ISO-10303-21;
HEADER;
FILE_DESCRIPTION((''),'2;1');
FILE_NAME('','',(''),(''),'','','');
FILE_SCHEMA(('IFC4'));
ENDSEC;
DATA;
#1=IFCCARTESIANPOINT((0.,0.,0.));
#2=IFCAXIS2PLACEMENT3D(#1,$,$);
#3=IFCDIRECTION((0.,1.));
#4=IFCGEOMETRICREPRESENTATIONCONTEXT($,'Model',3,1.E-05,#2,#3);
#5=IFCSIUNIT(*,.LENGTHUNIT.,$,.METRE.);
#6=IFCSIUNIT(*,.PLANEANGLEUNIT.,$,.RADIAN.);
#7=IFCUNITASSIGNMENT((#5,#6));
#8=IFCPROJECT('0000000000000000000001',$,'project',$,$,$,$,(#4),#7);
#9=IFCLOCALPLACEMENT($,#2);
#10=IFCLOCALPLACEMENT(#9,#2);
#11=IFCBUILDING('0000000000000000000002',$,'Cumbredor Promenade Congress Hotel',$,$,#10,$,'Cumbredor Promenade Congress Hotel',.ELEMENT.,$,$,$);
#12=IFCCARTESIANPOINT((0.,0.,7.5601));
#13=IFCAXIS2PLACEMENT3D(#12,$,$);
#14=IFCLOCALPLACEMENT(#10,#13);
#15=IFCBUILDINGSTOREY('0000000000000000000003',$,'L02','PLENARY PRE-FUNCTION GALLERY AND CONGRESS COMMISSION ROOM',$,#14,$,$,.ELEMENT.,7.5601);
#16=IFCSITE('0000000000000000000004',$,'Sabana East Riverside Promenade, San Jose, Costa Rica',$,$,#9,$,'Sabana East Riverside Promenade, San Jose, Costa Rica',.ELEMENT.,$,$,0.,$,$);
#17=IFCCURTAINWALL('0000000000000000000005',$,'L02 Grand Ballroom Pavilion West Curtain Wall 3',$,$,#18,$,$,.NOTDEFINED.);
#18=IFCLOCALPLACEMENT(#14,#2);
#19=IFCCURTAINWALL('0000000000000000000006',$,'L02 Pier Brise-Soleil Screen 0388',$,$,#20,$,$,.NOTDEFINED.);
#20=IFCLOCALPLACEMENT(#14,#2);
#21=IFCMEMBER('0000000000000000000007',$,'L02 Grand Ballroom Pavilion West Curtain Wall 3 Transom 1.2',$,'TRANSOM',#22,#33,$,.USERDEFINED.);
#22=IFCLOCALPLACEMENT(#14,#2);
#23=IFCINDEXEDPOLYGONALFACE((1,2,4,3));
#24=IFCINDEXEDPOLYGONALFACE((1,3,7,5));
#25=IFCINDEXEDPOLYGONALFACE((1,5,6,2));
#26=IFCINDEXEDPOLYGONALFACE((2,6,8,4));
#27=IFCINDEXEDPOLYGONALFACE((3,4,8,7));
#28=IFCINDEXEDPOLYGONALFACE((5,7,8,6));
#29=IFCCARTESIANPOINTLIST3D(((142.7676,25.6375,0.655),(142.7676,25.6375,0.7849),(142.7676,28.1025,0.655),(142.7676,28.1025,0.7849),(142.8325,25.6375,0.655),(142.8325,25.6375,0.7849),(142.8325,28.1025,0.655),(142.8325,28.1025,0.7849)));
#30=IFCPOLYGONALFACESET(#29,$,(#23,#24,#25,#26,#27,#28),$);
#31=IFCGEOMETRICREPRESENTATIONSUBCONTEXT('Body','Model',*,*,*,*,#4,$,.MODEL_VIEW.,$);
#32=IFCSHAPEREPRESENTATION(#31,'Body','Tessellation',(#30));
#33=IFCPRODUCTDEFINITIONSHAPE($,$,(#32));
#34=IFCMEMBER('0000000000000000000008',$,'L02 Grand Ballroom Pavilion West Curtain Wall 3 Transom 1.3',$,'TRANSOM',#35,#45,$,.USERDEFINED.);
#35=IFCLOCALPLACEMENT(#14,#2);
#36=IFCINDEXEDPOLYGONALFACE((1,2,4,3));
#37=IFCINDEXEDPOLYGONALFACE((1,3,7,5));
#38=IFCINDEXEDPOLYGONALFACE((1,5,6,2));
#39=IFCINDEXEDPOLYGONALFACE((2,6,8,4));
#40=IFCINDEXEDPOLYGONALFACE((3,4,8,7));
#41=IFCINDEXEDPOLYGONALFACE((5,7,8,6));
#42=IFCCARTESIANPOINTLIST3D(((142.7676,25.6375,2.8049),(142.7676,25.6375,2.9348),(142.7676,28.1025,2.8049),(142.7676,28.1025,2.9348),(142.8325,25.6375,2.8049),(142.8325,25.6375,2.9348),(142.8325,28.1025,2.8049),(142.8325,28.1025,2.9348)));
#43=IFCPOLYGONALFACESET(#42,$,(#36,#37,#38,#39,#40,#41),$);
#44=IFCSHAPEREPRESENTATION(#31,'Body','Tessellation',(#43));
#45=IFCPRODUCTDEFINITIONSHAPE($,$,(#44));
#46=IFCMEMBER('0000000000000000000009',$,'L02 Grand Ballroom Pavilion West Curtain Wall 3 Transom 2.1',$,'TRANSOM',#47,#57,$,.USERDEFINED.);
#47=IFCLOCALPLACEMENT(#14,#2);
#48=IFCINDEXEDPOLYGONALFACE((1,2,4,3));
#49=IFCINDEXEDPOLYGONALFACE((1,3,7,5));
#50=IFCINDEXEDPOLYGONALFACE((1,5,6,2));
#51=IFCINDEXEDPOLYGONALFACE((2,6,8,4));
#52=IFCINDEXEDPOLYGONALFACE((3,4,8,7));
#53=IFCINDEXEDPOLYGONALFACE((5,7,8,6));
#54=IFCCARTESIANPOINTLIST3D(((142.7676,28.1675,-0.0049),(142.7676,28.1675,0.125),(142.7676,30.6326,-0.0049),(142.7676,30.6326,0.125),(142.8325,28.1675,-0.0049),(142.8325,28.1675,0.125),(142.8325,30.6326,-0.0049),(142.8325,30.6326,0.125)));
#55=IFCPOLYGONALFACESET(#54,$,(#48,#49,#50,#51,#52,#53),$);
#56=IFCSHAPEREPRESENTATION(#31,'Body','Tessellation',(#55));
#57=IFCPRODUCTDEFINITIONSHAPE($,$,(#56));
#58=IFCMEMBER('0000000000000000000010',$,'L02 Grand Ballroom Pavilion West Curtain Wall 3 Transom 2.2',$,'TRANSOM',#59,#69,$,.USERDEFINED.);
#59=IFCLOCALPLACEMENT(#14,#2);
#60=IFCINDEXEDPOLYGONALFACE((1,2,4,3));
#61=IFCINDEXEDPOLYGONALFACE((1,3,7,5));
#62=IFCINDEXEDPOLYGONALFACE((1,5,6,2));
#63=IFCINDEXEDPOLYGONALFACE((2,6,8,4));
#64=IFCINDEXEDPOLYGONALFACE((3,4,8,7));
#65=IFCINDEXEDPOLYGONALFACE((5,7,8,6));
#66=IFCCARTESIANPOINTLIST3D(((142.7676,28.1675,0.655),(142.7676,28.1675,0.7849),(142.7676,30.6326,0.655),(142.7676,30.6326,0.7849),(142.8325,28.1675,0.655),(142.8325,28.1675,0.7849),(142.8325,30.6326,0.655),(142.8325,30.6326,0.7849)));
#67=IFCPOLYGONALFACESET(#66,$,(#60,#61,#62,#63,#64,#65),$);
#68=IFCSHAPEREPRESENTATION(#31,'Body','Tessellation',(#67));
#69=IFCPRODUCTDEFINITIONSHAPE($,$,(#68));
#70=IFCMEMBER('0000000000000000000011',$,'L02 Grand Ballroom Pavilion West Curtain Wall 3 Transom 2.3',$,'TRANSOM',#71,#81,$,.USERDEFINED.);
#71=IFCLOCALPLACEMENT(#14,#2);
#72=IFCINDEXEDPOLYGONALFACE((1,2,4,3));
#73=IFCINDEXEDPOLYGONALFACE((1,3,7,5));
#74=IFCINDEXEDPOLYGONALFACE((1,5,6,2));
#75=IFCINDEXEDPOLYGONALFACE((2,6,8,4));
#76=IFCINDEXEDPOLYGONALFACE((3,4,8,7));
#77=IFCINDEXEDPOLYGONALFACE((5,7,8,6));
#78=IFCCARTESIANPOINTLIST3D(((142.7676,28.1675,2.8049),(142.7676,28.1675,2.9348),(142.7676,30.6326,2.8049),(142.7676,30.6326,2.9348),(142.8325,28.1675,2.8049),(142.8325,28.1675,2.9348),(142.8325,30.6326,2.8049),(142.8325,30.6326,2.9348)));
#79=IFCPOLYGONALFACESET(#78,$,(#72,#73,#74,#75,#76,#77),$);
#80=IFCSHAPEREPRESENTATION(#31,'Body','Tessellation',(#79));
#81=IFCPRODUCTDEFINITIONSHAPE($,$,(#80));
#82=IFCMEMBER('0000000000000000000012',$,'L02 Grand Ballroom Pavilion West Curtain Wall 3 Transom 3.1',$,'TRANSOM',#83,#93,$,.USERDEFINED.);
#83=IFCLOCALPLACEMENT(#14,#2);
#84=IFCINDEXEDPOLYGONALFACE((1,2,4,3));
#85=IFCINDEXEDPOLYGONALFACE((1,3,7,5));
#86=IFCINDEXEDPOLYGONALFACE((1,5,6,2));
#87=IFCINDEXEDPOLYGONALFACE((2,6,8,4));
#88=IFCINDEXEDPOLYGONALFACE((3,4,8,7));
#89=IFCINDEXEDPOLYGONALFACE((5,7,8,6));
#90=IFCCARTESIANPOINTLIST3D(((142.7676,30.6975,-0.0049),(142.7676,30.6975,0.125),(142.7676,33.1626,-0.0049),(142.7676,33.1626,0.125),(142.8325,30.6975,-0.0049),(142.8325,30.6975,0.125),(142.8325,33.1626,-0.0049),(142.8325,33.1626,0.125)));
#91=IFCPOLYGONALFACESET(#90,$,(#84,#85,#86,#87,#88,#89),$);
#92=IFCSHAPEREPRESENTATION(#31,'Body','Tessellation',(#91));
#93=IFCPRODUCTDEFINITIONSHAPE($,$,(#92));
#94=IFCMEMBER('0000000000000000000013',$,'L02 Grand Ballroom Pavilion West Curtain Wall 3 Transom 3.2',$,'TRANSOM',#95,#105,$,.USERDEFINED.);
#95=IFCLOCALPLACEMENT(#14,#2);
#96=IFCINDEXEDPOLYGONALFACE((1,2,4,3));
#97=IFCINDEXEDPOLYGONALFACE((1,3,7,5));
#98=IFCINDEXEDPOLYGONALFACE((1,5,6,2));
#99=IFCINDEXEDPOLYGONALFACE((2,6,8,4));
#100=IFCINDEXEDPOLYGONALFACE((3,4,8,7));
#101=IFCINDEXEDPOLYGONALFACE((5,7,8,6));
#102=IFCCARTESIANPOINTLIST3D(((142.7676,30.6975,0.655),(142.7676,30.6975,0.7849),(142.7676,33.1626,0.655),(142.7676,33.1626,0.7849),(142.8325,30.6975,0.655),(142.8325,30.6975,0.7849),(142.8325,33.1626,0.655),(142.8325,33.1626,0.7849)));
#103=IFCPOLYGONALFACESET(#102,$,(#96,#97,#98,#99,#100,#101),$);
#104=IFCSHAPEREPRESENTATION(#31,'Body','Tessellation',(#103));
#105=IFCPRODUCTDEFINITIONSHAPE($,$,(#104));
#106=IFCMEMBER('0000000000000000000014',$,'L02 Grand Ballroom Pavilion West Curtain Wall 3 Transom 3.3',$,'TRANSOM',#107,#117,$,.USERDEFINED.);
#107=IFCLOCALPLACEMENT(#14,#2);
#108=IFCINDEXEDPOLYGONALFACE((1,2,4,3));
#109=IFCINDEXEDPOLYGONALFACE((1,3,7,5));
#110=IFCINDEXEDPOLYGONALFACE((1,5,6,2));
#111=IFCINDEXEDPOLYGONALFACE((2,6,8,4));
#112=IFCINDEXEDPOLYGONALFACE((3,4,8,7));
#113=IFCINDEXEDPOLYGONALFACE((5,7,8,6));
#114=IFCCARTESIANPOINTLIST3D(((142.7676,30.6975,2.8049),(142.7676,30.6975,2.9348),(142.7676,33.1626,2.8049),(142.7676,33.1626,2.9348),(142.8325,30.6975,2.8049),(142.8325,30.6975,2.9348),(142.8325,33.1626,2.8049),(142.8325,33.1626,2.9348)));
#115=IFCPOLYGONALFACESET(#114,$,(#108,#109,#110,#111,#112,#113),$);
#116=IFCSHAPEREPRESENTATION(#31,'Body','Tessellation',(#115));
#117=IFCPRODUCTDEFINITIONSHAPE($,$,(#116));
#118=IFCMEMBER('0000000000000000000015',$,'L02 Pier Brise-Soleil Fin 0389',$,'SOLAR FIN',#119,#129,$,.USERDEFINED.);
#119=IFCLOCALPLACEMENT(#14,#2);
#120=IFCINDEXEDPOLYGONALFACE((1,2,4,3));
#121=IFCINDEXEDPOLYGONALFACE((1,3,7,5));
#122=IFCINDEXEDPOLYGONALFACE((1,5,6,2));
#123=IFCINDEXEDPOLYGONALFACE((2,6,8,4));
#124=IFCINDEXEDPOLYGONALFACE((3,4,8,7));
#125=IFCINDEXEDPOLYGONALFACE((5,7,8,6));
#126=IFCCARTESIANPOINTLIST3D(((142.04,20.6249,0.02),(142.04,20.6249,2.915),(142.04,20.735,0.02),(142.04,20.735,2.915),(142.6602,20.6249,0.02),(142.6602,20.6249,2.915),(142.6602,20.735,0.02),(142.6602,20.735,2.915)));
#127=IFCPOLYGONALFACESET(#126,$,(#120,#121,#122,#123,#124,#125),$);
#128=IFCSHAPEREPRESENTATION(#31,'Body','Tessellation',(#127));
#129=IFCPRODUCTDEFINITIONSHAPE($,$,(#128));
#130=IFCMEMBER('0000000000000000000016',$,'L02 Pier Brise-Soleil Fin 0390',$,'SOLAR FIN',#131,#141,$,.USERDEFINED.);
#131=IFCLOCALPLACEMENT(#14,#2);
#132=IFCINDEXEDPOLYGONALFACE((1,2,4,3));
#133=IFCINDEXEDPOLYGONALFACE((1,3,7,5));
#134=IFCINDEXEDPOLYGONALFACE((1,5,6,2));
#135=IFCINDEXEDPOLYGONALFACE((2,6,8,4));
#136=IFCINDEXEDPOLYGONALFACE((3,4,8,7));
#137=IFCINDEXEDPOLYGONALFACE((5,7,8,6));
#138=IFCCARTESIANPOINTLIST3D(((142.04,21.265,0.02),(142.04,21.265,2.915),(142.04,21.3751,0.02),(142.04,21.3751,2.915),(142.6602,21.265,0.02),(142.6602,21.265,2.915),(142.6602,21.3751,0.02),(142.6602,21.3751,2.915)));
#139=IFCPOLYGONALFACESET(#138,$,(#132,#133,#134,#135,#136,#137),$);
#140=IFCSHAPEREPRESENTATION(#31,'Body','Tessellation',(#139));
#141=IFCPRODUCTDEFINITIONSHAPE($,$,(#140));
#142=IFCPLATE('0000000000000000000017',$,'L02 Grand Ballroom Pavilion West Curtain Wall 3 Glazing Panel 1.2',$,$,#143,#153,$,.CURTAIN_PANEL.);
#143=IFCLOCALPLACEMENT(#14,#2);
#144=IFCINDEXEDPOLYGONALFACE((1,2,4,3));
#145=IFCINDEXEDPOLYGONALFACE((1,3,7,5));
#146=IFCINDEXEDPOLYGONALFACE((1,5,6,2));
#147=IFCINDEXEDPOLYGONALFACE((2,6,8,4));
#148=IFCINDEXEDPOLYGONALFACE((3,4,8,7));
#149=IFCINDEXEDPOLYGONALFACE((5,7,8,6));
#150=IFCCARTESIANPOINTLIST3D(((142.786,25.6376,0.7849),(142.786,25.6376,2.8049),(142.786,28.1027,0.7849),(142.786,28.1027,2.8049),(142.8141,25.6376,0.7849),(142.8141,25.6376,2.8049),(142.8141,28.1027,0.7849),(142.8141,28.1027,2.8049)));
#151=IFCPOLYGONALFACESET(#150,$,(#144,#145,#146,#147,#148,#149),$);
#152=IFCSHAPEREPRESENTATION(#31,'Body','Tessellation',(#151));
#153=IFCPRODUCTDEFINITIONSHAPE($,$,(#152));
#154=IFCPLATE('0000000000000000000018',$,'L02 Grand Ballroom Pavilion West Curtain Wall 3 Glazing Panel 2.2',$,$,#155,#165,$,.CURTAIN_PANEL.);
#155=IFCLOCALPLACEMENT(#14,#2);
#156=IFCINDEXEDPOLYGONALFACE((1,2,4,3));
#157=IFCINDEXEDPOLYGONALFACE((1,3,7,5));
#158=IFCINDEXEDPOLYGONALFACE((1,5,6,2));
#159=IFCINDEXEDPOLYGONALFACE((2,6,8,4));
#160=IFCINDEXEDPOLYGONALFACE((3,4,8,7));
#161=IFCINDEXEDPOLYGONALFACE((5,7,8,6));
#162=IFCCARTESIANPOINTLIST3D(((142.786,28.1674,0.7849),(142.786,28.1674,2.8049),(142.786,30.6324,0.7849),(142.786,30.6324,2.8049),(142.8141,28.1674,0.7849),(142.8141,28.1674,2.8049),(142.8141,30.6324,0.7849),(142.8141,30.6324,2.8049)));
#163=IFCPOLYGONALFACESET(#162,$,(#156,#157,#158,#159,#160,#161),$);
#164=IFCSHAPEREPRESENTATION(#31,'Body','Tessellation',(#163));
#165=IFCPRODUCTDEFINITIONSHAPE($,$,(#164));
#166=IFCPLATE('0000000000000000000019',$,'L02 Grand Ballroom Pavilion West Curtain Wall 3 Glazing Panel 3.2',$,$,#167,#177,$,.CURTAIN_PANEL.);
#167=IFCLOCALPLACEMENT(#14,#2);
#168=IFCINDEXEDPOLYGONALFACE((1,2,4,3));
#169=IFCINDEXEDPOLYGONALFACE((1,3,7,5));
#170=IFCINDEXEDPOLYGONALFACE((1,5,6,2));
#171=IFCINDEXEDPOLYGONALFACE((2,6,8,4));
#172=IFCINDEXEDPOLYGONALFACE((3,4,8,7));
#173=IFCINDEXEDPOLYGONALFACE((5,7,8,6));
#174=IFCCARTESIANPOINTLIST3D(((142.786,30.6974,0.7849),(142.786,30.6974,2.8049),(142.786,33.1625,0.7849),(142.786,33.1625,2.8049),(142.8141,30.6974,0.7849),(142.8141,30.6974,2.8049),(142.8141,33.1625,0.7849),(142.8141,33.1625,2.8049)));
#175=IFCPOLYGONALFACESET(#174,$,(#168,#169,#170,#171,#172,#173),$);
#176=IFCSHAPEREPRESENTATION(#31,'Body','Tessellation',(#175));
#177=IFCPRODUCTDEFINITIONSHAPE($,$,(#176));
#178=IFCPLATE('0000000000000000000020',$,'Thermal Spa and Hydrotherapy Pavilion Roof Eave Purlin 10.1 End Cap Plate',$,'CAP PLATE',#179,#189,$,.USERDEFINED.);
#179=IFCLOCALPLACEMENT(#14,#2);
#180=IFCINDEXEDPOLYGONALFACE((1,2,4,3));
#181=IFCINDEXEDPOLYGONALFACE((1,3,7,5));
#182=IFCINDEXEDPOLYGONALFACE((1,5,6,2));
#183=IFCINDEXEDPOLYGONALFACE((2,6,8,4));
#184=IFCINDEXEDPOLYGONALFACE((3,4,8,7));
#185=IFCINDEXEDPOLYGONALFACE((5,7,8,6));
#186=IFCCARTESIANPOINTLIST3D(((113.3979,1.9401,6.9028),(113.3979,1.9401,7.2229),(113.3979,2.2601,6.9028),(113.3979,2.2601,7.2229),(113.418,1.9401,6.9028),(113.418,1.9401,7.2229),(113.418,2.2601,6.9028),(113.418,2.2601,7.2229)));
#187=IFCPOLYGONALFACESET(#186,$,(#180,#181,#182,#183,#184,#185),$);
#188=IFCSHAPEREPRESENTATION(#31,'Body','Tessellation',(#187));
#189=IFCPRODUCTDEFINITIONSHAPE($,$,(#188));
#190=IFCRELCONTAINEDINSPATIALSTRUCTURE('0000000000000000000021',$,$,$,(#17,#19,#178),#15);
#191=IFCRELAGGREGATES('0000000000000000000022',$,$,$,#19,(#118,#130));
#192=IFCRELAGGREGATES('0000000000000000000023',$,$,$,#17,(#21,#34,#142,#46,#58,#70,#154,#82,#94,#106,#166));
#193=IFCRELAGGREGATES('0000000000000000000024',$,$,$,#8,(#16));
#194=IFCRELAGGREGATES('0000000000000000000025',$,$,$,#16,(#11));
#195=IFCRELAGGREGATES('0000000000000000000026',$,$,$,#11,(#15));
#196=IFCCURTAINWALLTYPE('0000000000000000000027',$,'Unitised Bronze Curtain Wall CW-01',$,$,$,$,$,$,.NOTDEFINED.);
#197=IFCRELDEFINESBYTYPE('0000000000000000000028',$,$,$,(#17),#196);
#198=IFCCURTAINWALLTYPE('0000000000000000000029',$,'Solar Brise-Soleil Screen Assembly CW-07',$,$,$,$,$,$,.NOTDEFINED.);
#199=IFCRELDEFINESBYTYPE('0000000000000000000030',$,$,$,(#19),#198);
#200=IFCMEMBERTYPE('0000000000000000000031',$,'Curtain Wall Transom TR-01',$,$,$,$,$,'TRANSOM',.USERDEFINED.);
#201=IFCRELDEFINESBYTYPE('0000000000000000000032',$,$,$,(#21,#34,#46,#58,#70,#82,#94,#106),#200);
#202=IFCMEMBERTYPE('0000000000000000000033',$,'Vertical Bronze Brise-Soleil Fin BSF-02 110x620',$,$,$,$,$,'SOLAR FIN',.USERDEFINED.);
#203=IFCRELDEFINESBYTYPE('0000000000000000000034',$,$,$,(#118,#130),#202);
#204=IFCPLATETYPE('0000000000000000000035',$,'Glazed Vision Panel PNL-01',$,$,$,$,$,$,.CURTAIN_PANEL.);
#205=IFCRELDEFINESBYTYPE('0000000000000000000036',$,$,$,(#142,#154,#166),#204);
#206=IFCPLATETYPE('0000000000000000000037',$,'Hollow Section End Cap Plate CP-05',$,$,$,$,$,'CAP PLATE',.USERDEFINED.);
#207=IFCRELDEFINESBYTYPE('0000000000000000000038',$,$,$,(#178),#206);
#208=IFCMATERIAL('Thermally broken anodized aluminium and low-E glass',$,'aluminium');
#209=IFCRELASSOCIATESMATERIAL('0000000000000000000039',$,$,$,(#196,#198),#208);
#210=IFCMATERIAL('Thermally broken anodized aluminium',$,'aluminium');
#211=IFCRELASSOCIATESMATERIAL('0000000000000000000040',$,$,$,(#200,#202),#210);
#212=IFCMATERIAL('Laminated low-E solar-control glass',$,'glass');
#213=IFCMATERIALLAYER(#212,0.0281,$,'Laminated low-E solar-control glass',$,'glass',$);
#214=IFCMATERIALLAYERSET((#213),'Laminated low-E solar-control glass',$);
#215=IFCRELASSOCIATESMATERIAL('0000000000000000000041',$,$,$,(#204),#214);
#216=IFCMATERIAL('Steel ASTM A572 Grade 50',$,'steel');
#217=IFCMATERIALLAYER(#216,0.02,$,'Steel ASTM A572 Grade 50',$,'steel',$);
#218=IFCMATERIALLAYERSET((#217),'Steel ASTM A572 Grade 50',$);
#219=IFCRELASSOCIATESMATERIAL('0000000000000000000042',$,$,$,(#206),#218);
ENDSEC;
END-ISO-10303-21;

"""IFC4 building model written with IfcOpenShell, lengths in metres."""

from ifc_helpers import new_model, si_unit, direction, frame, origin, origin_2d, place, context, subcontext, project, spatial, rectangle, extrude, material, layer, layer_set, material_profile, profile_set, type_object, element, aggregate, save


model = new_model("IFC4")

# Units and contexts
model_context = context("Model", 3, precision=1e-05, world=origin(), true_north=direction((0.0, 1.0)))
body_context = subcontext(model_context, "Body", "Model", "MODEL_VIEW")
ifc_project = project(units=[si_unit("LENGTHUNIT", "METRE"), si_unit("PLANEANGLEUNIT", "RADIAN")], contexts=[model_context])

# Site, building, storey
site_placement = place(None, origin())
site = spatial("IfcSite", under=ifc_project, at=site_placement, Name="Sabana East Riverside Promenade, San Jose, Costa Rica", LongName="Sabana East Riverside Promenade, San Jose, Costa Rica", CompositionType="ELEMENT", RefElevation=0.0)
building_placement = place(site_placement, origin())
building = spatial("IfcBuilding", under=site, at=building_placement, Name="Cumbredor Promenade Congress Hotel", LongName="Cumbredor Promenade Congress Hotel", CompositionType="ELEMENT")
storey_placement = place(building_placement, frame((0.0, 0.0, 7.5601)))
storey = spatial("IfcBuildingStorey", under=building, at=storey_placement, Name="L02", Description="PLENARY PRE-FUNCTION GALLERY AND CONGRESS COMMISSION ROOM", CompositionType="ELEMENT", Elevation=7.5601)

# Curtain wall
ifc_material_1 = material(Name="Thermally broken anodized aluminium and low-E glass", Category="aluminium")
curtain_wall_type_1 = type_object("IfcCurtainWallType", Name="Unitised Bronze Curtain Wall CW-01", PredefinedType="NOTDEFINED", material=ifc_material_1)
curtain_wall_1_placement = place(storey_placement, origin())
curtain_wall_1 = element("IfcCurtainWall", 1, at=curtain_wall_1_placement, inside=storey, type_object=curtain_wall_type_1, Name="L02 Grand Ballroom Pavilion West Curtain Wall 3", PredefinedType="NOTDEFINED")
ifc_material_2 = material(Name="Thermally broken anodized aluminium", Category="aluminium")

# Curtain wall
curtain_wall_type_2 = type_object("IfcCurtainWallType", Name="Solar Brise-Soleil Screen Assembly CW-07", PredefinedType="NOTDEFINED", material=ifc_material_1)
curtain_wall_2_placement = place(storey_placement, origin())
curtain_wall_2 = element("IfcCurtainWall", 2, at=curtain_wall_2_placement, inside=storey, type_object=curtain_wall_type_2, Name="L02 Pier Brise-Soleil Screen 0388", PredefinedType="NOTDEFINED")
ifc_material_profile_1 = material_profile(ifc_material_2, rectangle(XDim=0.0649, YDim=0.1299, at=origin_2d()), Name="ALU TRANSOM 65x130")
ifc_profile_set_1 = profile_set([ifc_material_profile_1], Name="Thermally broken anodized aluminium")
member_type_1 = type_object("IfcMemberType", Name="Curtain Wall Transom TR-01", ElementType="TRANSOM", PredefinedType="USERDEFINED", material=ifc_profile_set_1)

# Members
member_1_placement = place(storey_placement, frame((142.8, 25.6375, 0.72), z_axis=(0.0, 1.0, 0.0), x_axis=(-1.0, 0.0, 0.0)))
member_1 = element("IfcMember", 3, at=member_1_placement, type_object=member_type_1, Name="L02 Grand Ballroom Pavilion West Curtain Wall 3 Transom 1.2", ObjectType="TRANSOM", PredefinedType="USERDEFINED", context=body_context, shape_type="SweptSolid", body=[
    extrude(rectangle(XDim=0.0649, YDim=0.1299, at=origin_2d()), origin(), (0.0, 0.0, 1.0), 2.4651),
])
member_2_placement = place(storey_placement, frame((142.8, 25.6375, 2.8699), z_axis=(0.0, 1.0, 0.0), x_axis=(-1.0, 0.0, 0.0)))
member_2 = element("IfcMember", 4, at=member_2_placement, type_object=member_type_1, Name="L02 Grand Ballroom Pavilion West Curtain Wall 3 Transom 1.3", ObjectType="TRANSOM", PredefinedType="USERDEFINED", context=body_context, shape_type="SweptSolid", body=[
    extrude(rectangle(XDim=0.0649, YDim=0.1299, at=origin_2d()), origin(), (0.0, 0.0, 1.0), 2.4651),
])
member_3_placement = place(storey_placement, frame((142.8, 28.1675, 0.0601), z_axis=(0.0, 1.0, 0.0), x_axis=(-1.0, 0.0, 0.0)))
member_3 = element("IfcMember", 5, at=member_3_placement, type_object=member_type_1, Name="L02 Grand Ballroom Pavilion West Curtain Wall 3 Transom 2.1", ObjectType="TRANSOM", PredefinedType="USERDEFINED", context=body_context, shape_type="SweptSolid", body=[
    extrude(rectangle(XDim=0.0649, YDim=0.1299, at=origin_2d()), origin(), (0.0, 0.0, 1.0), 2.4651),
])
member_4_placement = place(storey_placement, frame((142.8, 28.1675, 0.72), z_axis=(0.0, 1.0, 0.0), x_axis=(-1.0, 0.0, 0.0)))
member_4 = element("IfcMember", 6, at=member_4_placement, type_object=member_type_1, Name="L02 Grand Ballroom Pavilion West Curtain Wall 3 Transom 2.2", ObjectType="TRANSOM", PredefinedType="USERDEFINED", context=body_context, shape_type="SweptSolid", body=[
    extrude(rectangle(XDim=0.0649, YDim=0.1299, at=origin_2d()), origin(), (0.0, 0.0, 1.0), 2.4651),
])
member_5_placement = place(storey_placement, frame((142.8, 28.1675, 2.8699), z_axis=(0.0, 1.0, 0.0), x_axis=(-1.0, 0.0, 0.0)))
member_5 = element("IfcMember", 7, at=member_5_placement, type_object=member_type_1, Name="L02 Grand Ballroom Pavilion West Curtain Wall 3 Transom 2.3", ObjectType="TRANSOM", PredefinedType="USERDEFINED", context=body_context, shape_type="SweptSolid", body=[
    extrude(rectangle(XDim=0.0649, YDim=0.1299, at=origin_2d()), origin(), (0.0, 0.0, 1.0), 2.4651),
])
member_6_placement = place(storey_placement, frame((142.8, 30.6975, 0.0601), z_axis=(0.0, 1.0, 0.0), x_axis=(-1.0, 0.0, 0.0)))
member_6 = element("IfcMember", 8, at=member_6_placement, type_object=member_type_1, Name="L02 Grand Ballroom Pavilion West Curtain Wall 3 Transom 3.1", ObjectType="TRANSOM", PredefinedType="USERDEFINED", context=body_context, shape_type="SweptSolid", body=[
    extrude(rectangle(XDim=0.0649, YDim=0.1299, at=origin_2d()), origin(), (0.0, 0.0, 1.0), 2.4651),
])
member_7_placement = place(storey_placement, frame((142.8, 30.6975, 0.72), z_axis=(0.0, 1.0, 0.0), x_axis=(-1.0, 0.0, 0.0)))
member_7 = element("IfcMember", 9, at=member_7_placement, type_object=member_type_1, Name="L02 Grand Ballroom Pavilion West Curtain Wall 3 Transom 3.2", ObjectType="TRANSOM", PredefinedType="USERDEFINED", context=body_context, shape_type="SweptSolid", body=[
    extrude(rectangle(XDim=0.0649, YDim=0.1299, at=origin_2d()), origin(), (0.0, 0.0, 1.0), 2.4651),
])
member_8_placement = place(storey_placement, frame((142.8, 30.6975, 2.8699), z_axis=(0.0, 1.0, 0.0), x_axis=(-1.0, 0.0, 0.0)))
member_8 = element("IfcMember", 10, at=member_8_placement, type_object=member_type_1, Name="L02 Grand Ballroom Pavilion West Curtain Wall 3 Transom 3.3", ObjectType="TRANSOM", PredefinedType="USERDEFINED", context=body_context, shape_type="SweptSolid", body=[
    extrude(rectangle(XDim=0.0649, YDim=0.1299, at=origin_2d()), origin(), (0.0, 0.0, 1.0), 2.4651),
])
ifc_material_profile_2 = material_profile(ifc_material_2, rectangle(XDim=0.1101, YDim=0.6201, at=origin_2d()), Name="ARCH FIN 110x620")
ifc_profile_set_2 = profile_set([ifc_material_profile_2], Name="Thermally broken anodized aluminium")
member_type_2 = type_object("IfcMemberType", Name="Vertical Bronze Brise-Soleil Fin BSF-02 110x620", ElementType="SOLAR FIN", PredefinedType="USERDEFINED", material=ifc_profile_set_2)
member_9_placement = place(storey_placement, frame((142.3501, 20.6799, 0.02), z_axis=(0.0, 0.0, 1.0), x_axis=(0.0, 1.0, 0.0)))
member_9 = element("IfcMember", 11, at=member_9_placement, type_object=member_type_2, Name="L02 Pier Brise-Soleil Fin 0389", ObjectType="SOLAR FIN", PredefinedType="USERDEFINED", context=body_context, shape_type="SweptSolid", body=[
    extrude(rectangle(XDim=0.1101, YDim=0.6201, at=origin_2d()), origin(), (0.0, 0.0, 1.0), 2.895),
])
member_10_placement = place(storey_placement, frame((142.3501, 21.3201, 0.02), z_axis=(0.0, 0.0, 1.0), x_axis=(0.0, 1.0, 0.0)))
member_10 = element("IfcMember", 12, at=member_10_placement, type_object=member_type_2, Name="L02 Pier Brise-Soleil Fin 0390", ObjectType="SOLAR FIN", PredefinedType="USERDEFINED", context=body_context, shape_type="SweptSolid", body=[
    extrude(rectangle(XDim=0.1101, YDim=0.6201, at=origin_2d()), origin(), (0.0, 0.0, 1.0), 2.895),
])
aggregate(curtain_wall_2, [member_9, member_10])

# Plates
ifc_material_3 = material(Name="Laminated low-E solar-control glass", Category="glass")
ifc_layer_1 = layer(ifc_material_3, 0.0281, Name="Laminated low-E solar-control glass", Category="glass")
ifc_layer_set_1 = layer_set([ifc_layer_1], Name="Laminated low-E solar-control glass")
plate_type_1 = type_object("IfcPlateType", Name="Glazed Vision Panel PNL-01", PredefinedType="CURTAIN_PANEL", material=ifc_layer_set_1)
plate_1_placement = place(storey_placement, frame((142.8, 26.8701, 0.7849), z_axis=(0.0, 0.0, 1.0), x_axis=(0.0, 1.0, 0.0)))
plate_1 = element("IfcPlate", 13, at=plate_1_placement, type_object=plate_type_1, Name="L02 Grand Ballroom Pavilion West Curtain Wall 3 Glazing Panel 1.2", PredefinedType="CURTAIN_PANEL", context=body_context, shape_type="SweptSolid", body=[
    extrude(rectangle(XDim=2.4651, YDim=0.0281, at=origin_2d()), origin(), (0.0, 0.0, 1.0), 2.02),
])
plate_2_placement = place(storey_placement, frame((142.8, 29.3999, 0.7849), z_axis=(0.0, 0.0, 1.0), x_axis=(0.0, 1.0, 0.0)))
plate_2 = element("IfcPlate", 14, at=plate_2_placement, type_object=plate_type_1, Name="L02 Grand Ballroom Pavilion West Curtain Wall 3 Glazing Panel 2.2", PredefinedType="CURTAIN_PANEL", context=body_context, shape_type="SweptSolid", body=[
    extrude(rectangle(XDim=2.4651, YDim=0.0281, at=origin_2d()), origin(), (0.0, 0.0, 1.0), 2.02),
])
plate_3_placement = place(storey_placement, frame((142.8, 31.9299, 0.7849), z_axis=(0.0, 0.0, 1.0), x_axis=(0.0, 1.0, 0.0)))
plate_3 = element("IfcPlate", 15, at=plate_3_placement, type_object=plate_type_1, Name="L02 Grand Ballroom Pavilion West Curtain Wall 3 Glazing Panel 3.2", PredefinedType="CURTAIN_PANEL", context=body_context, shape_type="SweptSolid", body=[
    extrude(rectangle(XDim=2.4651, YDim=0.0281, at=origin_2d()), origin(), (0.0, 0.0, 1.0), 2.02),
])
ifc_material_4 = material(Name="Steel ASTM A572 Grade 50", Category="steel")
ifc_layer_2 = layer(ifc_material_4, 0.02, Name="Steel ASTM A572 Grade 50", Category="steel")
ifc_layer_set_2 = layer_set([ifc_layer_2], Name="Steel ASTM A572 Grade 50")
plate_type_2 = type_object("IfcPlateType", Name="Hollow Section End Cap Plate CP-05", ElementType="CAP PLATE", PredefinedType="USERDEFINED", material=ifc_layer_set_2)
plate_4_placement = place(storey_placement, frame((113.408, 2.1001, 6.9028), z_axis=(0.0, 0.0, 1.0), x_axis=(1.0, 0.0, 0.0)))
element("IfcPlate", 16, at=plate_4_placement, inside=storey, type_object=plate_type_2, Name="Thermal Spa and Hydrotherapy Pavilion Roof Eave Purlin 10.1 End Cap Plate", ObjectType="CAP PLATE", PredefinedType="USERDEFINED", context=body_context, shape_type="SweptSolid", body=[
    extrude(rectangle(XDim=0.02, YDim=0.3201, at=origin_2d()), origin(), (0.0, 0.0, 1.0), 0.3201),
])
aggregate(curtain_wall_1, [member_1, member_2, plate_1, member_3, member_4, member_5, plate_2, member_6, member_7, member_8, plate_3])

save(model, "model.ifc")
